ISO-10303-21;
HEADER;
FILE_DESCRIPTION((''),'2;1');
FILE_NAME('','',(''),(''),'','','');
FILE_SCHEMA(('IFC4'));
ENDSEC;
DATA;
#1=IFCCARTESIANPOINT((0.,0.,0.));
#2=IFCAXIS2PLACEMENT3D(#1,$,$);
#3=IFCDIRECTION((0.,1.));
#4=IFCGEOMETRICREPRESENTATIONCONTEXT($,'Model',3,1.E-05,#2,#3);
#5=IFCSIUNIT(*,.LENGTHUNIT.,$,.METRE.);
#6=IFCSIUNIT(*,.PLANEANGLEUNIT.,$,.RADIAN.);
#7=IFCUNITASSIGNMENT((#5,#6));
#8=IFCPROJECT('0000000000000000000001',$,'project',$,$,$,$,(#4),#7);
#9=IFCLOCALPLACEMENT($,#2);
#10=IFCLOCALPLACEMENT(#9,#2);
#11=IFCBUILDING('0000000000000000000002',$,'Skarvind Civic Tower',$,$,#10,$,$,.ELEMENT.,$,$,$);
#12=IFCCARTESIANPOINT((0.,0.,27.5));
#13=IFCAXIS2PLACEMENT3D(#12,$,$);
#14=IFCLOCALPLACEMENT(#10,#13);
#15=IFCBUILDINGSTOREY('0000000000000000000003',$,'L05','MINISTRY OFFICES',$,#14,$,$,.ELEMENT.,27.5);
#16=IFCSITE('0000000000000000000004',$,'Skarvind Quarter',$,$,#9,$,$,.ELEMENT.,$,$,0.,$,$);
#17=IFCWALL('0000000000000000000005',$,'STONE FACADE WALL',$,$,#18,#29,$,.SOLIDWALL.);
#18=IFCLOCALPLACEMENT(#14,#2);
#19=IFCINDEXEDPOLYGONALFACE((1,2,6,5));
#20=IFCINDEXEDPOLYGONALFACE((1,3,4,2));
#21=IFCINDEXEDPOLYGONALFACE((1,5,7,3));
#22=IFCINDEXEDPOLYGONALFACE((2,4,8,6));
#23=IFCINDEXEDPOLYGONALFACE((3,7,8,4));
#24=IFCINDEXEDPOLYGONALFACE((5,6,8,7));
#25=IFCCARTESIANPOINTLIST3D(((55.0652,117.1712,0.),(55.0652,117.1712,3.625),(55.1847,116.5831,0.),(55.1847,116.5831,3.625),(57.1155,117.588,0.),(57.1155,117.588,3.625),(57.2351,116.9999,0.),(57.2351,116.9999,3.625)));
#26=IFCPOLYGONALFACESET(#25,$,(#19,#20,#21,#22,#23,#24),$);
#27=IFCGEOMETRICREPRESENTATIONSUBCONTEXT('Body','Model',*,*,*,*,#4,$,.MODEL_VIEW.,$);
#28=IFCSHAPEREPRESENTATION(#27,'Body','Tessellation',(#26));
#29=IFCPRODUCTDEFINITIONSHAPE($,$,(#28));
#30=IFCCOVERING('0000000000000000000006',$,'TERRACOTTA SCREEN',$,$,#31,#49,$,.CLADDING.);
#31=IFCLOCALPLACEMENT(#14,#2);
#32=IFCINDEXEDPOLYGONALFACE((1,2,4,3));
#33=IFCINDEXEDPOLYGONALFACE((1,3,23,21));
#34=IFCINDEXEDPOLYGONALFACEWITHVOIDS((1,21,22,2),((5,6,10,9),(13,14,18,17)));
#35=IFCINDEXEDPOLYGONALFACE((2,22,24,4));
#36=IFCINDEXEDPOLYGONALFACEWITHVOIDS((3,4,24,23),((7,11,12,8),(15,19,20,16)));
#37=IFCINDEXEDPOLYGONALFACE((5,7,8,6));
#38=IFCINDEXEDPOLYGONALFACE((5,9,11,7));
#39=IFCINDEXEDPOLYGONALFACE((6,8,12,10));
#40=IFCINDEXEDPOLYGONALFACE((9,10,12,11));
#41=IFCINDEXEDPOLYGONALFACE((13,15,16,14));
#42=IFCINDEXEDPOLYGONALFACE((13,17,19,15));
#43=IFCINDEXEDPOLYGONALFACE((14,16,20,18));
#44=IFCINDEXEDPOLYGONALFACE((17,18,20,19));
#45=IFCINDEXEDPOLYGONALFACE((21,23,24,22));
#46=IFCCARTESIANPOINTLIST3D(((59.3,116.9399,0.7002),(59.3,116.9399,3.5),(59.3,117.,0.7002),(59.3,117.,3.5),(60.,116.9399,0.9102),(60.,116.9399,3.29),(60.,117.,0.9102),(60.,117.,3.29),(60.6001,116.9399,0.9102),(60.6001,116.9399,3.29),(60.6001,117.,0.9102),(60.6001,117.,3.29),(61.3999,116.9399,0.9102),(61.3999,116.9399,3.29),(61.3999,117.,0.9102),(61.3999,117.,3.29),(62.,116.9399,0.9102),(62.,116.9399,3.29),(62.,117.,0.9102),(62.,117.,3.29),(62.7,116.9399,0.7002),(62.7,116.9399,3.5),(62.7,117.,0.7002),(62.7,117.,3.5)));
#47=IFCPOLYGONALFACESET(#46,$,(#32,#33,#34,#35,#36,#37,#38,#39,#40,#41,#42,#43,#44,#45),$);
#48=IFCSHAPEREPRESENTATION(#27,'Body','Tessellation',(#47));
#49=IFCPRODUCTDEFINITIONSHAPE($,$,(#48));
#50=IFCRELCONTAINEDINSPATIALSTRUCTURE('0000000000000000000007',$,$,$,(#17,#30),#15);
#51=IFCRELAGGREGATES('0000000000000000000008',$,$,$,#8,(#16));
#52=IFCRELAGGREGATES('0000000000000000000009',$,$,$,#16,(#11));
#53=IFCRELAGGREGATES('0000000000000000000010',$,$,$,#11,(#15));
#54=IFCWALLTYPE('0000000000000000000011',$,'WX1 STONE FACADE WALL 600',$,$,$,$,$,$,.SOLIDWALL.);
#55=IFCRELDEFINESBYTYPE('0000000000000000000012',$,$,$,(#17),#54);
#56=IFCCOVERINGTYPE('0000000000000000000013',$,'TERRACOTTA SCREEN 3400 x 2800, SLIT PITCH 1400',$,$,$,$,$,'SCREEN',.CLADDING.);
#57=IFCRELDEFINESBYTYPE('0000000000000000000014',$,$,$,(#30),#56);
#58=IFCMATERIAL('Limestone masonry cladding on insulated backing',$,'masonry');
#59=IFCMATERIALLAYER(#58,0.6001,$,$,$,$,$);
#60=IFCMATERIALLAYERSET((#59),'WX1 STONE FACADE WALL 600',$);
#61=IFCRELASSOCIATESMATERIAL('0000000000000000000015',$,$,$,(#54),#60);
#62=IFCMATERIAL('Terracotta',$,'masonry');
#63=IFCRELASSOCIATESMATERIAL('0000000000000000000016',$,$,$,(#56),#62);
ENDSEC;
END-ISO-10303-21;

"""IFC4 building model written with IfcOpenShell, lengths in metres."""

from ifc_helpers import new_model, si_unit, direction, frame, frame_2d, origin, place, context, subcontext, project, spatial, polyline, rectangle, outline, extrude, material, layer, layer_set, material_profile, profile_set, type_object, element, save


model = new_model("IFC4")

# Units and contexts
model_context = context("Model", 3, precision=1e-05, world=origin(), true_north=direction((0.0, 1.0)))
body_context = subcontext(model_context, "Body", "Model", "MODEL_VIEW")
ifc_project = project(units=[si_unit("LENGTHUNIT", "METRE"), si_unit("PLANEANGLEUNIT", "RADIAN")], contexts=[model_context])

# Site, building, storey
site_placement = place(None, origin())
site = spatial("IfcSite", under=ifc_project, at=site_placement, Name="Skarvind Quarter", CompositionType="ELEMENT", RefElevation=0.0)
building_placement = place(site_placement, origin())
building = spatial("IfcBuilding", under=site, at=building_placement, Name="Skarvind Civic Tower", CompositionType="ELEMENT")
storey_placement = place(building_placement, frame((0.0, 0.0, 27.5)))
storey = spatial("IfcBuildingStorey", under=building, at=storey_placement, Name="L05", Description="MINISTRY OFFICES", CompositionType="ELEMENT", Elevation=27.5)

# Shared definitions
ifc_material_1 = material(Name="Limestone masonry cladding on insulated backing", Category="masonry")
ifc_layer_1 = layer(ifc_material_1, 0.6001)
ifc_layer_set_1 = layer_set([ifc_layer_1], Name="WX1 STONE FACADE WALL 600")
wall_type_1 = type_object("IfcWallType", Name="WX1 STONE FACADE WALL 600", PredefinedType="SOLIDWALL", material=ifc_layer_set_1)

# Wall
for number, where, z_axis, x_axis, name in (
    (1, (57.1753, 117.2939, 0.0), (0.0, 0.0, 1.0), (-0.979961, -0.199189, 0.0), "STONE FACADE WALL"),
):
    element("IfcWall", number, at=place(storey_placement, frame(where, z_axis=z_axis, x_axis=x_axis)), inside=storey, type_object=wall_type_1, Name=name, PredefinedType="SOLIDWALL", context=body_context, shape_type="SweptSolid", body=[
        extrude(rectangle(XDim=2.0923, YDim=0.6001, at=frame_2d((1.0461, 0.0))), origin(), (0.0, 0.0, 1.0), 3.625),
    ])

# Covering
ifc_material_2 = material(Name="Terracotta", Category="masonry")
ifc_material_profile_1 = material_profile(ifc_material_2, outline(polyline([(-1.7, -1.3999), (1.7, -1.3999), (1.7, 1.3999), (-1.7, 1.3999), (-1.7, -1.3999)]), holes=[polyline([(-1.0, -1.1899), (-0.3999, -1.1899), (-0.3999, 1.1899), (-1.0, 1.1899), (-1.0, -1.1899)]), polyline([(0.3999, -1.1899), (1.0, -1.1899), (1.0, 1.1899), (0.3999, 1.1899), (0.3999, -1.1899)])]), Name="TERRACOTTA SCREEN 3400 x 2800, SLIT PITCH 1400")
ifc_profile_set_1 = profile_set([ifc_material_profile_1], Name="Terracotta")
covering_type = type_object("IfcCoveringType", Name="TERRACOTTA SCREEN 3400 x 2800, SLIT PITCH 1400", ElementType="SCREEN", PredefinedType="CLADDING", material=ifc_profile_set_1)
covering_placement = place(storey_placement, frame((61.0, 117.0, 2.1001), z_axis=(0.0, -1.0, 0.0), x_axis=(1.0, 0.0, 0.0)))
element("IfcCovering", 2, at=covering_placement, inside=storey, type_object=covering_type, Name="TERRACOTTA SCREEN", PredefinedType="CLADDING", context=body_context, shape_type="SweptSolid", body=[
    extrude(outline(polyline([(-1.7, -1.3999), (1.7, -1.3999), (1.7, 1.3999), (-1.7, 1.3999), (-1.7, -1.3999)]), holes=[polyline([(-1.0, -1.1899), (-0.3999, -1.1899), (-0.3999, 1.1899), (-1.0, 1.1899), (-1.0, -1.1899)]), polyline([(0.3999, -1.1899), (1.0, -1.1899), (1.0, 1.1899), (0.3999, 1.1899), (0.3999, -1.1899)])]), origin(), (0.0, 0.0, 1.0), 0.0601),
])

save(model, "model.ifc")
